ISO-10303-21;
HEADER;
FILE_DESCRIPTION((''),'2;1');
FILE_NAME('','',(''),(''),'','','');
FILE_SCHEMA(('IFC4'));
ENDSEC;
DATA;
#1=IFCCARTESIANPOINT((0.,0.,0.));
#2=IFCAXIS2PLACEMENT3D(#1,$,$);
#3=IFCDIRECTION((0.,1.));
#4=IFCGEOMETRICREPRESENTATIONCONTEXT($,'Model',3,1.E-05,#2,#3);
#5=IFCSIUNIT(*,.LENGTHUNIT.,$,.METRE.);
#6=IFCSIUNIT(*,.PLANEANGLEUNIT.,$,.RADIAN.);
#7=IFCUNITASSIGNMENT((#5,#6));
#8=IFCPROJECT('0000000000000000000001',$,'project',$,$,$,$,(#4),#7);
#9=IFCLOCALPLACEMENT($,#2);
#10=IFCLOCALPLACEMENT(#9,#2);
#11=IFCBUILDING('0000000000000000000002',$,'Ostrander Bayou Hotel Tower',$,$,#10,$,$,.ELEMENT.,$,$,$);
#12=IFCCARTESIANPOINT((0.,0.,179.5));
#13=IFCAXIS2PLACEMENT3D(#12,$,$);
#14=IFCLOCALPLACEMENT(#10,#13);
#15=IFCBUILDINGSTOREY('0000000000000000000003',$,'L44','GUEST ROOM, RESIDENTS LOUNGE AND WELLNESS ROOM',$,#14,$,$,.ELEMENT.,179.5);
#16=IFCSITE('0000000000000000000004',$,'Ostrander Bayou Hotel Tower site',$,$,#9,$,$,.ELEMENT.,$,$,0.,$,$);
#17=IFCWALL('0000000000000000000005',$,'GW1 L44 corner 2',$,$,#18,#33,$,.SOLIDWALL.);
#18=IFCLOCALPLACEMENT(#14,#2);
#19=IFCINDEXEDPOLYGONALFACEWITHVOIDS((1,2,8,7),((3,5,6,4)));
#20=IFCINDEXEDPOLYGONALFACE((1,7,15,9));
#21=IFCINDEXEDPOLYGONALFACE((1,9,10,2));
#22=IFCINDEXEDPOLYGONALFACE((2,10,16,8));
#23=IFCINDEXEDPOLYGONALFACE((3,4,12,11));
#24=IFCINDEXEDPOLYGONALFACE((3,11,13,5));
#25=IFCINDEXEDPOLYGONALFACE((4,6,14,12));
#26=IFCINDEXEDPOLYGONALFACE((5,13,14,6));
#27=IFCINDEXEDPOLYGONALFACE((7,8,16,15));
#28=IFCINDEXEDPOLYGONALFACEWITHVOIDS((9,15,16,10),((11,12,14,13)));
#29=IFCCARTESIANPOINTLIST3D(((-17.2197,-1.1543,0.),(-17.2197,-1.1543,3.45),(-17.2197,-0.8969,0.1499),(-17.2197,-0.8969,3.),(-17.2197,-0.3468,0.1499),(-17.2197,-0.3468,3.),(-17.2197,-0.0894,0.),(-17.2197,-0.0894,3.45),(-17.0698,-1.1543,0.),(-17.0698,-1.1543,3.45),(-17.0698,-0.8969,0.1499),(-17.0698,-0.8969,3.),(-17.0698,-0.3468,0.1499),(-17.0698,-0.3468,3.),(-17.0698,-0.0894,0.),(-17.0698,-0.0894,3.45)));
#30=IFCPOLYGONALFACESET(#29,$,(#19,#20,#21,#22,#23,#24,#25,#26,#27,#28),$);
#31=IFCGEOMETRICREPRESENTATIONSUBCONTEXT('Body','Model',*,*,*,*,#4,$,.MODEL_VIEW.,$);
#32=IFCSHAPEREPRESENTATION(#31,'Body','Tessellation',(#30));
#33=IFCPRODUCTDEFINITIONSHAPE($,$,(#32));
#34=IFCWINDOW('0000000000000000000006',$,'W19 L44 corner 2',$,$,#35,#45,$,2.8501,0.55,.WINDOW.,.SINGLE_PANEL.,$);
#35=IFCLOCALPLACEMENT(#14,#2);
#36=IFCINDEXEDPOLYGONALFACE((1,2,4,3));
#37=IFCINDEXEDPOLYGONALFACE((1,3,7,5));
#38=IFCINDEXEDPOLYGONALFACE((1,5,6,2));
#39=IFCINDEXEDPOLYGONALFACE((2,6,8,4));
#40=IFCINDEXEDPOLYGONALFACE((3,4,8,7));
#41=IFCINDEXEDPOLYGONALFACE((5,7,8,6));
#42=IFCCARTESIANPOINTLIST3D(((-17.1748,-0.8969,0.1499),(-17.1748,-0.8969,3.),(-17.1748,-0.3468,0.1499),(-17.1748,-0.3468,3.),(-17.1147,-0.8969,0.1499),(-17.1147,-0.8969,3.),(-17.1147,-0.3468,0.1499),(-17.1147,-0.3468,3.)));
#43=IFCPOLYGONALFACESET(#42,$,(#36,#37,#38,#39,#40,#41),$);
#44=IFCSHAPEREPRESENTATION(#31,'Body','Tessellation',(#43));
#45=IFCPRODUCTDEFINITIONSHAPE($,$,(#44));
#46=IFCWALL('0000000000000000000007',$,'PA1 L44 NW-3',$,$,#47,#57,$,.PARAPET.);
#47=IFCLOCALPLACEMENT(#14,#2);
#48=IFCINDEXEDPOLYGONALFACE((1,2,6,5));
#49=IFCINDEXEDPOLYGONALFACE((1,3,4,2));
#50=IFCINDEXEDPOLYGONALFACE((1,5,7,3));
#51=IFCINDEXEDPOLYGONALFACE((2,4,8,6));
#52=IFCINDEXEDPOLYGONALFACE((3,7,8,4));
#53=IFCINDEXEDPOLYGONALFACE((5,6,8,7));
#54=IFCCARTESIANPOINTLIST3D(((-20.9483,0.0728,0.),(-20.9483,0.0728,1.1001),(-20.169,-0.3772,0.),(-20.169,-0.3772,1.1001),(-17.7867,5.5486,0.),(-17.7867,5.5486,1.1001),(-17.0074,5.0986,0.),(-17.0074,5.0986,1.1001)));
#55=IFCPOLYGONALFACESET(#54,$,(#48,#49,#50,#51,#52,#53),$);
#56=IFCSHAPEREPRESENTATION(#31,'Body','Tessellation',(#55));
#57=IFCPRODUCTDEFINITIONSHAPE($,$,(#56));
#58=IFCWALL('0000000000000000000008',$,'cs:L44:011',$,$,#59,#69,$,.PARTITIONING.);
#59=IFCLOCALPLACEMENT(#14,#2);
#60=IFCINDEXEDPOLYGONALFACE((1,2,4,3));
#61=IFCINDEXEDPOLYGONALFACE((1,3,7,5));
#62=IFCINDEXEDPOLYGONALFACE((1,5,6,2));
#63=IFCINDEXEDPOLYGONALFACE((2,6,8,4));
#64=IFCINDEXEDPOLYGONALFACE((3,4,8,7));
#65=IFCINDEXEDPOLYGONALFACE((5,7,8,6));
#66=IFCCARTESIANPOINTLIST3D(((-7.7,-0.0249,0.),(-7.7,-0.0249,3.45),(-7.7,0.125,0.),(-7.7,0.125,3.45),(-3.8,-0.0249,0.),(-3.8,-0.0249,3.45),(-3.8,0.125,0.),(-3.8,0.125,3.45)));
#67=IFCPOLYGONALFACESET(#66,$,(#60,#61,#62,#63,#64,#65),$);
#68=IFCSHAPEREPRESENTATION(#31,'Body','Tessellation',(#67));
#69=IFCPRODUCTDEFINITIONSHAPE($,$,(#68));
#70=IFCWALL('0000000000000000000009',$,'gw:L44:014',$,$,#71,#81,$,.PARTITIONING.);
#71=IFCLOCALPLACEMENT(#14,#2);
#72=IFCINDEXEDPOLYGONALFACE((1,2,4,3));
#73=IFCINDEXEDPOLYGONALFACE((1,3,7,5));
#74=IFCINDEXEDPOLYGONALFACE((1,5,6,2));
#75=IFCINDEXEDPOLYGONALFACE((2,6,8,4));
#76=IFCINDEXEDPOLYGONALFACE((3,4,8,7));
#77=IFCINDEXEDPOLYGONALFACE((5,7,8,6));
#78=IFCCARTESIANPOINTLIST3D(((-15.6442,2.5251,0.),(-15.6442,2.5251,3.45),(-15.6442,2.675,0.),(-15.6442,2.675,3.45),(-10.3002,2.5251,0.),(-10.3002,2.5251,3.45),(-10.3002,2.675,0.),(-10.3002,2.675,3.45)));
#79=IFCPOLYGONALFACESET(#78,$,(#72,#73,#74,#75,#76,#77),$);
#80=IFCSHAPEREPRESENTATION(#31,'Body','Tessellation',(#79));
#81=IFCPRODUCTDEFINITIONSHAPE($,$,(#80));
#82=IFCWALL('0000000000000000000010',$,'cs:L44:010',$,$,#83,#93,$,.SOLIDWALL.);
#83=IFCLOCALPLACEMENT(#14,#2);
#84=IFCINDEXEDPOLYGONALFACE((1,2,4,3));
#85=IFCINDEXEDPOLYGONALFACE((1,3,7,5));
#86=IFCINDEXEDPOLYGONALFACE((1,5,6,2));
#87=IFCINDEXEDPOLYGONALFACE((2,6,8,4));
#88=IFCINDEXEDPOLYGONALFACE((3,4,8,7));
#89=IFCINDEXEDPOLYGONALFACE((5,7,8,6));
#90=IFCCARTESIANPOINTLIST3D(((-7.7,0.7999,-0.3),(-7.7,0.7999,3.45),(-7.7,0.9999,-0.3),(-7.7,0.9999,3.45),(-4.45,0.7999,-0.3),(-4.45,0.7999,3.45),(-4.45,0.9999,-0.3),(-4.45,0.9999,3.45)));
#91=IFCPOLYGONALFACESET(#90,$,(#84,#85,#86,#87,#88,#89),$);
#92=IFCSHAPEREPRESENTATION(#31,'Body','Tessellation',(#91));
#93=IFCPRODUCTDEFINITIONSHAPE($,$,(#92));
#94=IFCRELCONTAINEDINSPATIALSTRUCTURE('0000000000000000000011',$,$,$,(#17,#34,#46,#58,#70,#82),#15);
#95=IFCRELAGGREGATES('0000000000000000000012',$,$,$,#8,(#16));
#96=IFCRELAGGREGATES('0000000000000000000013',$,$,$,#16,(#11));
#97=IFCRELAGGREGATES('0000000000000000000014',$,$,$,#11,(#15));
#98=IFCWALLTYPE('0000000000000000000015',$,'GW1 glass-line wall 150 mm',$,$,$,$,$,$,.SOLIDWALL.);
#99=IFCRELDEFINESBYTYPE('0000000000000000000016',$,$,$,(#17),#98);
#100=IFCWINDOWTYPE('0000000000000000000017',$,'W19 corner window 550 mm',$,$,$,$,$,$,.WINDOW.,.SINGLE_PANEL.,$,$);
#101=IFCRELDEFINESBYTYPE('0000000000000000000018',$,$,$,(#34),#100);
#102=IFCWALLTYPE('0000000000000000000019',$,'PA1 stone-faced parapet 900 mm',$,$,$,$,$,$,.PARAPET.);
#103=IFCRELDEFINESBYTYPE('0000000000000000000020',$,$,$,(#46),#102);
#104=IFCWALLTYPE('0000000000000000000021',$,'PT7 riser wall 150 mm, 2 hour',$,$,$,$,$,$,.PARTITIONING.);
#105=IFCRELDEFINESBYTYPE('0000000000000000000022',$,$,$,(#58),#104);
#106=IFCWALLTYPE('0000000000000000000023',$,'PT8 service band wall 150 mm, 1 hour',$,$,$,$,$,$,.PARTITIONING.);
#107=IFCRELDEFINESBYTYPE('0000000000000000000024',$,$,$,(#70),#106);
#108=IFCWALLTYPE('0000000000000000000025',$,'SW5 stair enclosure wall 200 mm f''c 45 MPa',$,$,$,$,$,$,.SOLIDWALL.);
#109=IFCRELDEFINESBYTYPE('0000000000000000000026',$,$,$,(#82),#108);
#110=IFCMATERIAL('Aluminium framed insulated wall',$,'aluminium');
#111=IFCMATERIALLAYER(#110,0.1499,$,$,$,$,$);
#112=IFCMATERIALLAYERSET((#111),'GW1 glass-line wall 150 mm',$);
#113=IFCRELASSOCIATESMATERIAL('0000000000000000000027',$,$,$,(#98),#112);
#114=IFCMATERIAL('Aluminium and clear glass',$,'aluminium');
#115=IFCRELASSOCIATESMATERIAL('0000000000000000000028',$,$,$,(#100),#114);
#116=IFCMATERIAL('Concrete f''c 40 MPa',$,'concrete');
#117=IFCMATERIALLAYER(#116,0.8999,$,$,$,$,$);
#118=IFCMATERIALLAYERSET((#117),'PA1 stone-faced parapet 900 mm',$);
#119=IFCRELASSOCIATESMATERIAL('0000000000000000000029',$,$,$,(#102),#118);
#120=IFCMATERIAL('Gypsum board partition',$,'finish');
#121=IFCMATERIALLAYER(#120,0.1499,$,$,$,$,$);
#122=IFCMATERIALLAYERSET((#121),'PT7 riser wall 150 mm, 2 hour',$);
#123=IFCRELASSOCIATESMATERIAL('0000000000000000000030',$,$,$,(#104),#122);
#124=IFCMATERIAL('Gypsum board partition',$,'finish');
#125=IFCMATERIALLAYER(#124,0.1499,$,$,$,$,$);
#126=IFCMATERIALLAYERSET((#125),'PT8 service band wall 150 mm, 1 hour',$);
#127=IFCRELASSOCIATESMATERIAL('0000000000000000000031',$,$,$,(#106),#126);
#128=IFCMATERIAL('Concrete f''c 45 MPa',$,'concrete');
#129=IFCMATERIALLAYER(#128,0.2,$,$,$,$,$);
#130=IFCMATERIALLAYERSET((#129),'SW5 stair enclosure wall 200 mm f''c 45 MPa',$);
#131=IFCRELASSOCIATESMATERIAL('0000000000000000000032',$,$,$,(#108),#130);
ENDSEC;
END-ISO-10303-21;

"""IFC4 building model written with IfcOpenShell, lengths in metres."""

from ifc_helpers import new_model, si_unit, direction, frame, frame_2d, origin, place, context, subcontext, project, spatial, rectangle, extrude, material, layer, layer_set, type_object, element, fill, save


model = new_model("IFC4")

# Units and contexts
model_context = context("Model", 3, precision=1e-05, world=origin(), true_north=direction((0.0, 1.0)))
body_context = subcontext(model_context, "Body", "Model", "MODEL_VIEW")
ifc_project = project(units=[si_unit("LENGTHUNIT", "METRE"), si_unit("PLANEANGLEUNIT", "RADIAN")], contexts=[model_context])

# Site, building, storey
site_placement = place(None, origin())
site = spatial("IfcSite", under=ifc_project, at=site_placement, Name="Ostrander Bayou Hotel Tower site", CompositionType="ELEMENT", RefElevation=0.0)
building_placement = place(site_placement, origin())
building = spatial("IfcBuilding", under=site, at=building_placement, Name="Ostrander Bayou Hotel Tower", CompositionType="ELEMENT")
storey_placement = place(building_placement, frame((0.0, 0.0, 179.5)))
storey = spatial("IfcBuildingStorey", under=building, at=storey_placement, Name="L44", Description="GUEST ROOM, RESIDENTS LOUNGE AND WELLNESS ROOM", CompositionType="ELEMENT", Elevation=179.5)

# Wall, opening, window
ifc_material_1 = material(Name="Aluminium framed insulated wall", Category="aluminium")
ifc_layer_1 = layer(ifc_material_1, 0.1499)
ifc_layer_set_1 = layer_set([ifc_layer_1], Name="GW1 glass-line wall 150 mm")
wall_type_1 = type_object("IfcWallType", Name="GW1 glass-line wall 150 mm", PredefinedType="SOLIDWALL", material=ifc_layer_set_1)
wall_1_placement = place(storey_placement, frame((-17.1448, -0.0894, 0.0), z_axis=(0.0, 0.0, 1.0), x_axis=(0.0, -1.0, 0.0)))
wall_1 = element("IfcWall", 1, at=wall_1_placement, inside=storey, type_object=wall_type_1, Name="GW1 L44 corner 2", PredefinedType="SOLIDWALL", context=body_context, shape_type="SweptSolid", body=[
    extrude(rectangle(XDim=1.0649, YDim=0.1499, at=frame_2d((0.5325, 0.0))), origin(), (0.0, 0.0, 1.0), 3.45),
])
opening_1_placement = place(wall_1_placement, frame((0.2576, 0.0, 0.1499)))
opening_1 = element("IfcOpeningElement", 2, at=opening_1_placement, cuts=wall_1, PredefinedType="OPENING", context=body_context, shape_type="SweptSolid", body=[
    extrude(rectangle(XDim=0.55, YDim=2.8501, at=frame_2d((0.2749, 1.425))), frame((0.0, 0.075, 0.0), z_axis=(0.0, -1.0, 0.0), x_axis=(1.0, 0.0, 0.0)), (0.0, 0.0, 1.0), 0.1499),
])
ifc_material_2 = material(Name="Aluminium and clear glass", Category="aluminium")
window_type = type_object("IfcWindowType", Name="W19 corner window 550 mm", PartitioningType="SINGLE_PANEL", PredefinedType="WINDOW", material=ifc_material_2)
window_placement = place(opening_1_placement, origin())
window = element("IfcWindow", 3, at=window_placement, inside=storey, type_object=window_type, Name="W19 L44 corner 2", OverallHeight=2.8501, OverallWidth=0.55, PartitioningType="SINGLE_PANEL", PredefinedType="WINDOW", context=body_context, shape_type="SweptSolid", body=[
    extrude(rectangle(XDim=0.55, YDim=2.8501, at=frame_2d((0.2749, 1.425))), frame((0.0, 0.03, 0.0), z_axis=(0.0, -1.0, 0.0), x_axis=(1.0, 0.0, 0.0)), (0.0, 0.0, 1.0), 0.0601),
])
fill(opening_1, window)

# Walls
ifc_material_3 = material(Name="Concrete f'c 40 MPa", Category="concrete")
ifc_layer_2 = layer(ifc_material_3, 0.8999)
ifc_layer_set_2 = layer_set([ifc_layer_2], Name="PA1 stone-faced parapet 900 mm")
wall_type_2 = type_object("IfcWallType", Name="PA1 stone-faced parapet 900 mm", PredefinedType="PARAPET", material=ifc_layer_set_2)
wall_2_placement = place(storey_placement, frame((-17.397, 5.3237, 0.0), z_axis=(0.0, 0.0, 1.0), x_axis=(-0.500018, -0.866015, 0.0)))
element("IfcWall", 4, at=wall_2_placement, inside=storey, type_object=wall_type_2, Name="PA1 L44 NW-3", PredefinedType="PARAPET", context=body_context, shape_type="SweptSolid", body=[
    extrude(rectangle(XDim=6.323, YDim=0.8999, at=frame_2d((3.1616, 0.0))), origin(), (0.0, 0.0, 1.0), 1.1001),
])
ifc_material_4 = material(Name="Gypsum board partition", Category="finish")
ifc_layer_3 = layer(ifc_material_4, 0.1499)
ifc_layer_set_3 = layer_set([ifc_layer_3], Name="PT7 riser wall 150 mm, 2 hour")
wall_type_3 = type_object("IfcWallType", Name="PT7 riser wall 150 mm, 2 hour", PredefinedType="PARTITIONING", material=ifc_layer_set_3)
wall_3_placement = place(storey_placement, frame((-7.7, 0.05, 0.0), z_axis=(0.0, 0.0, 1.0), x_axis=(1.0, 0.0, 0.0)))
element("IfcWall", 5, at=wall_3_placement, inside=storey, type_object=wall_type_3, Name="cs:L44:011", PredefinedType="PARTITIONING", context=body_context, shape_type="SweptSolid", body=[
    extrude(rectangle(XDim=3.8999, YDim=0.1499, at=frame_2d((1.95, 0.0))), origin(), (0.0, 0.0, 1.0), 3.45),
])
ifc_material_5 = material(Name="Gypsum board partition", Category="finish")
ifc_layer_4 = layer(ifc_material_5, 0.1499)
ifc_layer_set_4 = layer_set([ifc_layer_4], Name="PT8 service band wall 150 mm, 1 hour")
wall_type_4 = type_object("IfcWallType", Name="PT8 service band wall 150 mm, 1 hour", PredefinedType="PARTITIONING", material=ifc_layer_set_4)
wall_4_placement = place(storey_placement, frame((-15.644, 2.6001, 0.0), z_axis=(0.0, 0.0, 1.0), x_axis=(1.0, 0.0, 0.0)))
element("IfcWall", 6, at=wall_4_placement, inside=storey, type_object=wall_type_4, Name="gw:L44:014", PredefinedType="PARTITIONING", context=body_context, shape_type="SweptSolid", body=[
    extrude(rectangle(XDim=5.344, YDim=0.1499, at=frame_2d((2.6719, 0.0))), origin(), (0.0, 0.0, 1.0), 3.45),
])
ifc_material_6 = material(Name="Concrete f'c 45 MPa", Category="concrete")
ifc_layer_5 = layer(ifc_material_6, 0.2)
ifc_layer_set_5 = layer_set([ifc_layer_5], Name="SW5 stair enclosure wall 200 mm f'c 45 MPa")
wall_type_5 = type_object("IfcWallType", Name="SW5 stair enclosure wall 200 mm f'c 45 MPa", PredefinedType="SOLIDWALL", material=ifc_layer_set_5)
wall_5_placement = place(storey_placement, frame((-7.7, 0.8999, -0.3), z_axis=(0.0, 0.0, 1.0), x_axis=(1.0, 0.0, 0.0)))
element("IfcWall", 7, at=wall_5_placement, inside=storey, type_object=wall_type_5, Name="cs:L44:010", PredefinedType="SOLIDWALL", context=body_context, shape_type="SweptSolid", body=[
    extrude(rectangle(XDim=3.25, YDim=0.2, at=frame_2d((1.625, 0.0))), origin(), (0.0, 0.0, 1.0), 3.75),
])

save(model, "model.ifc")
